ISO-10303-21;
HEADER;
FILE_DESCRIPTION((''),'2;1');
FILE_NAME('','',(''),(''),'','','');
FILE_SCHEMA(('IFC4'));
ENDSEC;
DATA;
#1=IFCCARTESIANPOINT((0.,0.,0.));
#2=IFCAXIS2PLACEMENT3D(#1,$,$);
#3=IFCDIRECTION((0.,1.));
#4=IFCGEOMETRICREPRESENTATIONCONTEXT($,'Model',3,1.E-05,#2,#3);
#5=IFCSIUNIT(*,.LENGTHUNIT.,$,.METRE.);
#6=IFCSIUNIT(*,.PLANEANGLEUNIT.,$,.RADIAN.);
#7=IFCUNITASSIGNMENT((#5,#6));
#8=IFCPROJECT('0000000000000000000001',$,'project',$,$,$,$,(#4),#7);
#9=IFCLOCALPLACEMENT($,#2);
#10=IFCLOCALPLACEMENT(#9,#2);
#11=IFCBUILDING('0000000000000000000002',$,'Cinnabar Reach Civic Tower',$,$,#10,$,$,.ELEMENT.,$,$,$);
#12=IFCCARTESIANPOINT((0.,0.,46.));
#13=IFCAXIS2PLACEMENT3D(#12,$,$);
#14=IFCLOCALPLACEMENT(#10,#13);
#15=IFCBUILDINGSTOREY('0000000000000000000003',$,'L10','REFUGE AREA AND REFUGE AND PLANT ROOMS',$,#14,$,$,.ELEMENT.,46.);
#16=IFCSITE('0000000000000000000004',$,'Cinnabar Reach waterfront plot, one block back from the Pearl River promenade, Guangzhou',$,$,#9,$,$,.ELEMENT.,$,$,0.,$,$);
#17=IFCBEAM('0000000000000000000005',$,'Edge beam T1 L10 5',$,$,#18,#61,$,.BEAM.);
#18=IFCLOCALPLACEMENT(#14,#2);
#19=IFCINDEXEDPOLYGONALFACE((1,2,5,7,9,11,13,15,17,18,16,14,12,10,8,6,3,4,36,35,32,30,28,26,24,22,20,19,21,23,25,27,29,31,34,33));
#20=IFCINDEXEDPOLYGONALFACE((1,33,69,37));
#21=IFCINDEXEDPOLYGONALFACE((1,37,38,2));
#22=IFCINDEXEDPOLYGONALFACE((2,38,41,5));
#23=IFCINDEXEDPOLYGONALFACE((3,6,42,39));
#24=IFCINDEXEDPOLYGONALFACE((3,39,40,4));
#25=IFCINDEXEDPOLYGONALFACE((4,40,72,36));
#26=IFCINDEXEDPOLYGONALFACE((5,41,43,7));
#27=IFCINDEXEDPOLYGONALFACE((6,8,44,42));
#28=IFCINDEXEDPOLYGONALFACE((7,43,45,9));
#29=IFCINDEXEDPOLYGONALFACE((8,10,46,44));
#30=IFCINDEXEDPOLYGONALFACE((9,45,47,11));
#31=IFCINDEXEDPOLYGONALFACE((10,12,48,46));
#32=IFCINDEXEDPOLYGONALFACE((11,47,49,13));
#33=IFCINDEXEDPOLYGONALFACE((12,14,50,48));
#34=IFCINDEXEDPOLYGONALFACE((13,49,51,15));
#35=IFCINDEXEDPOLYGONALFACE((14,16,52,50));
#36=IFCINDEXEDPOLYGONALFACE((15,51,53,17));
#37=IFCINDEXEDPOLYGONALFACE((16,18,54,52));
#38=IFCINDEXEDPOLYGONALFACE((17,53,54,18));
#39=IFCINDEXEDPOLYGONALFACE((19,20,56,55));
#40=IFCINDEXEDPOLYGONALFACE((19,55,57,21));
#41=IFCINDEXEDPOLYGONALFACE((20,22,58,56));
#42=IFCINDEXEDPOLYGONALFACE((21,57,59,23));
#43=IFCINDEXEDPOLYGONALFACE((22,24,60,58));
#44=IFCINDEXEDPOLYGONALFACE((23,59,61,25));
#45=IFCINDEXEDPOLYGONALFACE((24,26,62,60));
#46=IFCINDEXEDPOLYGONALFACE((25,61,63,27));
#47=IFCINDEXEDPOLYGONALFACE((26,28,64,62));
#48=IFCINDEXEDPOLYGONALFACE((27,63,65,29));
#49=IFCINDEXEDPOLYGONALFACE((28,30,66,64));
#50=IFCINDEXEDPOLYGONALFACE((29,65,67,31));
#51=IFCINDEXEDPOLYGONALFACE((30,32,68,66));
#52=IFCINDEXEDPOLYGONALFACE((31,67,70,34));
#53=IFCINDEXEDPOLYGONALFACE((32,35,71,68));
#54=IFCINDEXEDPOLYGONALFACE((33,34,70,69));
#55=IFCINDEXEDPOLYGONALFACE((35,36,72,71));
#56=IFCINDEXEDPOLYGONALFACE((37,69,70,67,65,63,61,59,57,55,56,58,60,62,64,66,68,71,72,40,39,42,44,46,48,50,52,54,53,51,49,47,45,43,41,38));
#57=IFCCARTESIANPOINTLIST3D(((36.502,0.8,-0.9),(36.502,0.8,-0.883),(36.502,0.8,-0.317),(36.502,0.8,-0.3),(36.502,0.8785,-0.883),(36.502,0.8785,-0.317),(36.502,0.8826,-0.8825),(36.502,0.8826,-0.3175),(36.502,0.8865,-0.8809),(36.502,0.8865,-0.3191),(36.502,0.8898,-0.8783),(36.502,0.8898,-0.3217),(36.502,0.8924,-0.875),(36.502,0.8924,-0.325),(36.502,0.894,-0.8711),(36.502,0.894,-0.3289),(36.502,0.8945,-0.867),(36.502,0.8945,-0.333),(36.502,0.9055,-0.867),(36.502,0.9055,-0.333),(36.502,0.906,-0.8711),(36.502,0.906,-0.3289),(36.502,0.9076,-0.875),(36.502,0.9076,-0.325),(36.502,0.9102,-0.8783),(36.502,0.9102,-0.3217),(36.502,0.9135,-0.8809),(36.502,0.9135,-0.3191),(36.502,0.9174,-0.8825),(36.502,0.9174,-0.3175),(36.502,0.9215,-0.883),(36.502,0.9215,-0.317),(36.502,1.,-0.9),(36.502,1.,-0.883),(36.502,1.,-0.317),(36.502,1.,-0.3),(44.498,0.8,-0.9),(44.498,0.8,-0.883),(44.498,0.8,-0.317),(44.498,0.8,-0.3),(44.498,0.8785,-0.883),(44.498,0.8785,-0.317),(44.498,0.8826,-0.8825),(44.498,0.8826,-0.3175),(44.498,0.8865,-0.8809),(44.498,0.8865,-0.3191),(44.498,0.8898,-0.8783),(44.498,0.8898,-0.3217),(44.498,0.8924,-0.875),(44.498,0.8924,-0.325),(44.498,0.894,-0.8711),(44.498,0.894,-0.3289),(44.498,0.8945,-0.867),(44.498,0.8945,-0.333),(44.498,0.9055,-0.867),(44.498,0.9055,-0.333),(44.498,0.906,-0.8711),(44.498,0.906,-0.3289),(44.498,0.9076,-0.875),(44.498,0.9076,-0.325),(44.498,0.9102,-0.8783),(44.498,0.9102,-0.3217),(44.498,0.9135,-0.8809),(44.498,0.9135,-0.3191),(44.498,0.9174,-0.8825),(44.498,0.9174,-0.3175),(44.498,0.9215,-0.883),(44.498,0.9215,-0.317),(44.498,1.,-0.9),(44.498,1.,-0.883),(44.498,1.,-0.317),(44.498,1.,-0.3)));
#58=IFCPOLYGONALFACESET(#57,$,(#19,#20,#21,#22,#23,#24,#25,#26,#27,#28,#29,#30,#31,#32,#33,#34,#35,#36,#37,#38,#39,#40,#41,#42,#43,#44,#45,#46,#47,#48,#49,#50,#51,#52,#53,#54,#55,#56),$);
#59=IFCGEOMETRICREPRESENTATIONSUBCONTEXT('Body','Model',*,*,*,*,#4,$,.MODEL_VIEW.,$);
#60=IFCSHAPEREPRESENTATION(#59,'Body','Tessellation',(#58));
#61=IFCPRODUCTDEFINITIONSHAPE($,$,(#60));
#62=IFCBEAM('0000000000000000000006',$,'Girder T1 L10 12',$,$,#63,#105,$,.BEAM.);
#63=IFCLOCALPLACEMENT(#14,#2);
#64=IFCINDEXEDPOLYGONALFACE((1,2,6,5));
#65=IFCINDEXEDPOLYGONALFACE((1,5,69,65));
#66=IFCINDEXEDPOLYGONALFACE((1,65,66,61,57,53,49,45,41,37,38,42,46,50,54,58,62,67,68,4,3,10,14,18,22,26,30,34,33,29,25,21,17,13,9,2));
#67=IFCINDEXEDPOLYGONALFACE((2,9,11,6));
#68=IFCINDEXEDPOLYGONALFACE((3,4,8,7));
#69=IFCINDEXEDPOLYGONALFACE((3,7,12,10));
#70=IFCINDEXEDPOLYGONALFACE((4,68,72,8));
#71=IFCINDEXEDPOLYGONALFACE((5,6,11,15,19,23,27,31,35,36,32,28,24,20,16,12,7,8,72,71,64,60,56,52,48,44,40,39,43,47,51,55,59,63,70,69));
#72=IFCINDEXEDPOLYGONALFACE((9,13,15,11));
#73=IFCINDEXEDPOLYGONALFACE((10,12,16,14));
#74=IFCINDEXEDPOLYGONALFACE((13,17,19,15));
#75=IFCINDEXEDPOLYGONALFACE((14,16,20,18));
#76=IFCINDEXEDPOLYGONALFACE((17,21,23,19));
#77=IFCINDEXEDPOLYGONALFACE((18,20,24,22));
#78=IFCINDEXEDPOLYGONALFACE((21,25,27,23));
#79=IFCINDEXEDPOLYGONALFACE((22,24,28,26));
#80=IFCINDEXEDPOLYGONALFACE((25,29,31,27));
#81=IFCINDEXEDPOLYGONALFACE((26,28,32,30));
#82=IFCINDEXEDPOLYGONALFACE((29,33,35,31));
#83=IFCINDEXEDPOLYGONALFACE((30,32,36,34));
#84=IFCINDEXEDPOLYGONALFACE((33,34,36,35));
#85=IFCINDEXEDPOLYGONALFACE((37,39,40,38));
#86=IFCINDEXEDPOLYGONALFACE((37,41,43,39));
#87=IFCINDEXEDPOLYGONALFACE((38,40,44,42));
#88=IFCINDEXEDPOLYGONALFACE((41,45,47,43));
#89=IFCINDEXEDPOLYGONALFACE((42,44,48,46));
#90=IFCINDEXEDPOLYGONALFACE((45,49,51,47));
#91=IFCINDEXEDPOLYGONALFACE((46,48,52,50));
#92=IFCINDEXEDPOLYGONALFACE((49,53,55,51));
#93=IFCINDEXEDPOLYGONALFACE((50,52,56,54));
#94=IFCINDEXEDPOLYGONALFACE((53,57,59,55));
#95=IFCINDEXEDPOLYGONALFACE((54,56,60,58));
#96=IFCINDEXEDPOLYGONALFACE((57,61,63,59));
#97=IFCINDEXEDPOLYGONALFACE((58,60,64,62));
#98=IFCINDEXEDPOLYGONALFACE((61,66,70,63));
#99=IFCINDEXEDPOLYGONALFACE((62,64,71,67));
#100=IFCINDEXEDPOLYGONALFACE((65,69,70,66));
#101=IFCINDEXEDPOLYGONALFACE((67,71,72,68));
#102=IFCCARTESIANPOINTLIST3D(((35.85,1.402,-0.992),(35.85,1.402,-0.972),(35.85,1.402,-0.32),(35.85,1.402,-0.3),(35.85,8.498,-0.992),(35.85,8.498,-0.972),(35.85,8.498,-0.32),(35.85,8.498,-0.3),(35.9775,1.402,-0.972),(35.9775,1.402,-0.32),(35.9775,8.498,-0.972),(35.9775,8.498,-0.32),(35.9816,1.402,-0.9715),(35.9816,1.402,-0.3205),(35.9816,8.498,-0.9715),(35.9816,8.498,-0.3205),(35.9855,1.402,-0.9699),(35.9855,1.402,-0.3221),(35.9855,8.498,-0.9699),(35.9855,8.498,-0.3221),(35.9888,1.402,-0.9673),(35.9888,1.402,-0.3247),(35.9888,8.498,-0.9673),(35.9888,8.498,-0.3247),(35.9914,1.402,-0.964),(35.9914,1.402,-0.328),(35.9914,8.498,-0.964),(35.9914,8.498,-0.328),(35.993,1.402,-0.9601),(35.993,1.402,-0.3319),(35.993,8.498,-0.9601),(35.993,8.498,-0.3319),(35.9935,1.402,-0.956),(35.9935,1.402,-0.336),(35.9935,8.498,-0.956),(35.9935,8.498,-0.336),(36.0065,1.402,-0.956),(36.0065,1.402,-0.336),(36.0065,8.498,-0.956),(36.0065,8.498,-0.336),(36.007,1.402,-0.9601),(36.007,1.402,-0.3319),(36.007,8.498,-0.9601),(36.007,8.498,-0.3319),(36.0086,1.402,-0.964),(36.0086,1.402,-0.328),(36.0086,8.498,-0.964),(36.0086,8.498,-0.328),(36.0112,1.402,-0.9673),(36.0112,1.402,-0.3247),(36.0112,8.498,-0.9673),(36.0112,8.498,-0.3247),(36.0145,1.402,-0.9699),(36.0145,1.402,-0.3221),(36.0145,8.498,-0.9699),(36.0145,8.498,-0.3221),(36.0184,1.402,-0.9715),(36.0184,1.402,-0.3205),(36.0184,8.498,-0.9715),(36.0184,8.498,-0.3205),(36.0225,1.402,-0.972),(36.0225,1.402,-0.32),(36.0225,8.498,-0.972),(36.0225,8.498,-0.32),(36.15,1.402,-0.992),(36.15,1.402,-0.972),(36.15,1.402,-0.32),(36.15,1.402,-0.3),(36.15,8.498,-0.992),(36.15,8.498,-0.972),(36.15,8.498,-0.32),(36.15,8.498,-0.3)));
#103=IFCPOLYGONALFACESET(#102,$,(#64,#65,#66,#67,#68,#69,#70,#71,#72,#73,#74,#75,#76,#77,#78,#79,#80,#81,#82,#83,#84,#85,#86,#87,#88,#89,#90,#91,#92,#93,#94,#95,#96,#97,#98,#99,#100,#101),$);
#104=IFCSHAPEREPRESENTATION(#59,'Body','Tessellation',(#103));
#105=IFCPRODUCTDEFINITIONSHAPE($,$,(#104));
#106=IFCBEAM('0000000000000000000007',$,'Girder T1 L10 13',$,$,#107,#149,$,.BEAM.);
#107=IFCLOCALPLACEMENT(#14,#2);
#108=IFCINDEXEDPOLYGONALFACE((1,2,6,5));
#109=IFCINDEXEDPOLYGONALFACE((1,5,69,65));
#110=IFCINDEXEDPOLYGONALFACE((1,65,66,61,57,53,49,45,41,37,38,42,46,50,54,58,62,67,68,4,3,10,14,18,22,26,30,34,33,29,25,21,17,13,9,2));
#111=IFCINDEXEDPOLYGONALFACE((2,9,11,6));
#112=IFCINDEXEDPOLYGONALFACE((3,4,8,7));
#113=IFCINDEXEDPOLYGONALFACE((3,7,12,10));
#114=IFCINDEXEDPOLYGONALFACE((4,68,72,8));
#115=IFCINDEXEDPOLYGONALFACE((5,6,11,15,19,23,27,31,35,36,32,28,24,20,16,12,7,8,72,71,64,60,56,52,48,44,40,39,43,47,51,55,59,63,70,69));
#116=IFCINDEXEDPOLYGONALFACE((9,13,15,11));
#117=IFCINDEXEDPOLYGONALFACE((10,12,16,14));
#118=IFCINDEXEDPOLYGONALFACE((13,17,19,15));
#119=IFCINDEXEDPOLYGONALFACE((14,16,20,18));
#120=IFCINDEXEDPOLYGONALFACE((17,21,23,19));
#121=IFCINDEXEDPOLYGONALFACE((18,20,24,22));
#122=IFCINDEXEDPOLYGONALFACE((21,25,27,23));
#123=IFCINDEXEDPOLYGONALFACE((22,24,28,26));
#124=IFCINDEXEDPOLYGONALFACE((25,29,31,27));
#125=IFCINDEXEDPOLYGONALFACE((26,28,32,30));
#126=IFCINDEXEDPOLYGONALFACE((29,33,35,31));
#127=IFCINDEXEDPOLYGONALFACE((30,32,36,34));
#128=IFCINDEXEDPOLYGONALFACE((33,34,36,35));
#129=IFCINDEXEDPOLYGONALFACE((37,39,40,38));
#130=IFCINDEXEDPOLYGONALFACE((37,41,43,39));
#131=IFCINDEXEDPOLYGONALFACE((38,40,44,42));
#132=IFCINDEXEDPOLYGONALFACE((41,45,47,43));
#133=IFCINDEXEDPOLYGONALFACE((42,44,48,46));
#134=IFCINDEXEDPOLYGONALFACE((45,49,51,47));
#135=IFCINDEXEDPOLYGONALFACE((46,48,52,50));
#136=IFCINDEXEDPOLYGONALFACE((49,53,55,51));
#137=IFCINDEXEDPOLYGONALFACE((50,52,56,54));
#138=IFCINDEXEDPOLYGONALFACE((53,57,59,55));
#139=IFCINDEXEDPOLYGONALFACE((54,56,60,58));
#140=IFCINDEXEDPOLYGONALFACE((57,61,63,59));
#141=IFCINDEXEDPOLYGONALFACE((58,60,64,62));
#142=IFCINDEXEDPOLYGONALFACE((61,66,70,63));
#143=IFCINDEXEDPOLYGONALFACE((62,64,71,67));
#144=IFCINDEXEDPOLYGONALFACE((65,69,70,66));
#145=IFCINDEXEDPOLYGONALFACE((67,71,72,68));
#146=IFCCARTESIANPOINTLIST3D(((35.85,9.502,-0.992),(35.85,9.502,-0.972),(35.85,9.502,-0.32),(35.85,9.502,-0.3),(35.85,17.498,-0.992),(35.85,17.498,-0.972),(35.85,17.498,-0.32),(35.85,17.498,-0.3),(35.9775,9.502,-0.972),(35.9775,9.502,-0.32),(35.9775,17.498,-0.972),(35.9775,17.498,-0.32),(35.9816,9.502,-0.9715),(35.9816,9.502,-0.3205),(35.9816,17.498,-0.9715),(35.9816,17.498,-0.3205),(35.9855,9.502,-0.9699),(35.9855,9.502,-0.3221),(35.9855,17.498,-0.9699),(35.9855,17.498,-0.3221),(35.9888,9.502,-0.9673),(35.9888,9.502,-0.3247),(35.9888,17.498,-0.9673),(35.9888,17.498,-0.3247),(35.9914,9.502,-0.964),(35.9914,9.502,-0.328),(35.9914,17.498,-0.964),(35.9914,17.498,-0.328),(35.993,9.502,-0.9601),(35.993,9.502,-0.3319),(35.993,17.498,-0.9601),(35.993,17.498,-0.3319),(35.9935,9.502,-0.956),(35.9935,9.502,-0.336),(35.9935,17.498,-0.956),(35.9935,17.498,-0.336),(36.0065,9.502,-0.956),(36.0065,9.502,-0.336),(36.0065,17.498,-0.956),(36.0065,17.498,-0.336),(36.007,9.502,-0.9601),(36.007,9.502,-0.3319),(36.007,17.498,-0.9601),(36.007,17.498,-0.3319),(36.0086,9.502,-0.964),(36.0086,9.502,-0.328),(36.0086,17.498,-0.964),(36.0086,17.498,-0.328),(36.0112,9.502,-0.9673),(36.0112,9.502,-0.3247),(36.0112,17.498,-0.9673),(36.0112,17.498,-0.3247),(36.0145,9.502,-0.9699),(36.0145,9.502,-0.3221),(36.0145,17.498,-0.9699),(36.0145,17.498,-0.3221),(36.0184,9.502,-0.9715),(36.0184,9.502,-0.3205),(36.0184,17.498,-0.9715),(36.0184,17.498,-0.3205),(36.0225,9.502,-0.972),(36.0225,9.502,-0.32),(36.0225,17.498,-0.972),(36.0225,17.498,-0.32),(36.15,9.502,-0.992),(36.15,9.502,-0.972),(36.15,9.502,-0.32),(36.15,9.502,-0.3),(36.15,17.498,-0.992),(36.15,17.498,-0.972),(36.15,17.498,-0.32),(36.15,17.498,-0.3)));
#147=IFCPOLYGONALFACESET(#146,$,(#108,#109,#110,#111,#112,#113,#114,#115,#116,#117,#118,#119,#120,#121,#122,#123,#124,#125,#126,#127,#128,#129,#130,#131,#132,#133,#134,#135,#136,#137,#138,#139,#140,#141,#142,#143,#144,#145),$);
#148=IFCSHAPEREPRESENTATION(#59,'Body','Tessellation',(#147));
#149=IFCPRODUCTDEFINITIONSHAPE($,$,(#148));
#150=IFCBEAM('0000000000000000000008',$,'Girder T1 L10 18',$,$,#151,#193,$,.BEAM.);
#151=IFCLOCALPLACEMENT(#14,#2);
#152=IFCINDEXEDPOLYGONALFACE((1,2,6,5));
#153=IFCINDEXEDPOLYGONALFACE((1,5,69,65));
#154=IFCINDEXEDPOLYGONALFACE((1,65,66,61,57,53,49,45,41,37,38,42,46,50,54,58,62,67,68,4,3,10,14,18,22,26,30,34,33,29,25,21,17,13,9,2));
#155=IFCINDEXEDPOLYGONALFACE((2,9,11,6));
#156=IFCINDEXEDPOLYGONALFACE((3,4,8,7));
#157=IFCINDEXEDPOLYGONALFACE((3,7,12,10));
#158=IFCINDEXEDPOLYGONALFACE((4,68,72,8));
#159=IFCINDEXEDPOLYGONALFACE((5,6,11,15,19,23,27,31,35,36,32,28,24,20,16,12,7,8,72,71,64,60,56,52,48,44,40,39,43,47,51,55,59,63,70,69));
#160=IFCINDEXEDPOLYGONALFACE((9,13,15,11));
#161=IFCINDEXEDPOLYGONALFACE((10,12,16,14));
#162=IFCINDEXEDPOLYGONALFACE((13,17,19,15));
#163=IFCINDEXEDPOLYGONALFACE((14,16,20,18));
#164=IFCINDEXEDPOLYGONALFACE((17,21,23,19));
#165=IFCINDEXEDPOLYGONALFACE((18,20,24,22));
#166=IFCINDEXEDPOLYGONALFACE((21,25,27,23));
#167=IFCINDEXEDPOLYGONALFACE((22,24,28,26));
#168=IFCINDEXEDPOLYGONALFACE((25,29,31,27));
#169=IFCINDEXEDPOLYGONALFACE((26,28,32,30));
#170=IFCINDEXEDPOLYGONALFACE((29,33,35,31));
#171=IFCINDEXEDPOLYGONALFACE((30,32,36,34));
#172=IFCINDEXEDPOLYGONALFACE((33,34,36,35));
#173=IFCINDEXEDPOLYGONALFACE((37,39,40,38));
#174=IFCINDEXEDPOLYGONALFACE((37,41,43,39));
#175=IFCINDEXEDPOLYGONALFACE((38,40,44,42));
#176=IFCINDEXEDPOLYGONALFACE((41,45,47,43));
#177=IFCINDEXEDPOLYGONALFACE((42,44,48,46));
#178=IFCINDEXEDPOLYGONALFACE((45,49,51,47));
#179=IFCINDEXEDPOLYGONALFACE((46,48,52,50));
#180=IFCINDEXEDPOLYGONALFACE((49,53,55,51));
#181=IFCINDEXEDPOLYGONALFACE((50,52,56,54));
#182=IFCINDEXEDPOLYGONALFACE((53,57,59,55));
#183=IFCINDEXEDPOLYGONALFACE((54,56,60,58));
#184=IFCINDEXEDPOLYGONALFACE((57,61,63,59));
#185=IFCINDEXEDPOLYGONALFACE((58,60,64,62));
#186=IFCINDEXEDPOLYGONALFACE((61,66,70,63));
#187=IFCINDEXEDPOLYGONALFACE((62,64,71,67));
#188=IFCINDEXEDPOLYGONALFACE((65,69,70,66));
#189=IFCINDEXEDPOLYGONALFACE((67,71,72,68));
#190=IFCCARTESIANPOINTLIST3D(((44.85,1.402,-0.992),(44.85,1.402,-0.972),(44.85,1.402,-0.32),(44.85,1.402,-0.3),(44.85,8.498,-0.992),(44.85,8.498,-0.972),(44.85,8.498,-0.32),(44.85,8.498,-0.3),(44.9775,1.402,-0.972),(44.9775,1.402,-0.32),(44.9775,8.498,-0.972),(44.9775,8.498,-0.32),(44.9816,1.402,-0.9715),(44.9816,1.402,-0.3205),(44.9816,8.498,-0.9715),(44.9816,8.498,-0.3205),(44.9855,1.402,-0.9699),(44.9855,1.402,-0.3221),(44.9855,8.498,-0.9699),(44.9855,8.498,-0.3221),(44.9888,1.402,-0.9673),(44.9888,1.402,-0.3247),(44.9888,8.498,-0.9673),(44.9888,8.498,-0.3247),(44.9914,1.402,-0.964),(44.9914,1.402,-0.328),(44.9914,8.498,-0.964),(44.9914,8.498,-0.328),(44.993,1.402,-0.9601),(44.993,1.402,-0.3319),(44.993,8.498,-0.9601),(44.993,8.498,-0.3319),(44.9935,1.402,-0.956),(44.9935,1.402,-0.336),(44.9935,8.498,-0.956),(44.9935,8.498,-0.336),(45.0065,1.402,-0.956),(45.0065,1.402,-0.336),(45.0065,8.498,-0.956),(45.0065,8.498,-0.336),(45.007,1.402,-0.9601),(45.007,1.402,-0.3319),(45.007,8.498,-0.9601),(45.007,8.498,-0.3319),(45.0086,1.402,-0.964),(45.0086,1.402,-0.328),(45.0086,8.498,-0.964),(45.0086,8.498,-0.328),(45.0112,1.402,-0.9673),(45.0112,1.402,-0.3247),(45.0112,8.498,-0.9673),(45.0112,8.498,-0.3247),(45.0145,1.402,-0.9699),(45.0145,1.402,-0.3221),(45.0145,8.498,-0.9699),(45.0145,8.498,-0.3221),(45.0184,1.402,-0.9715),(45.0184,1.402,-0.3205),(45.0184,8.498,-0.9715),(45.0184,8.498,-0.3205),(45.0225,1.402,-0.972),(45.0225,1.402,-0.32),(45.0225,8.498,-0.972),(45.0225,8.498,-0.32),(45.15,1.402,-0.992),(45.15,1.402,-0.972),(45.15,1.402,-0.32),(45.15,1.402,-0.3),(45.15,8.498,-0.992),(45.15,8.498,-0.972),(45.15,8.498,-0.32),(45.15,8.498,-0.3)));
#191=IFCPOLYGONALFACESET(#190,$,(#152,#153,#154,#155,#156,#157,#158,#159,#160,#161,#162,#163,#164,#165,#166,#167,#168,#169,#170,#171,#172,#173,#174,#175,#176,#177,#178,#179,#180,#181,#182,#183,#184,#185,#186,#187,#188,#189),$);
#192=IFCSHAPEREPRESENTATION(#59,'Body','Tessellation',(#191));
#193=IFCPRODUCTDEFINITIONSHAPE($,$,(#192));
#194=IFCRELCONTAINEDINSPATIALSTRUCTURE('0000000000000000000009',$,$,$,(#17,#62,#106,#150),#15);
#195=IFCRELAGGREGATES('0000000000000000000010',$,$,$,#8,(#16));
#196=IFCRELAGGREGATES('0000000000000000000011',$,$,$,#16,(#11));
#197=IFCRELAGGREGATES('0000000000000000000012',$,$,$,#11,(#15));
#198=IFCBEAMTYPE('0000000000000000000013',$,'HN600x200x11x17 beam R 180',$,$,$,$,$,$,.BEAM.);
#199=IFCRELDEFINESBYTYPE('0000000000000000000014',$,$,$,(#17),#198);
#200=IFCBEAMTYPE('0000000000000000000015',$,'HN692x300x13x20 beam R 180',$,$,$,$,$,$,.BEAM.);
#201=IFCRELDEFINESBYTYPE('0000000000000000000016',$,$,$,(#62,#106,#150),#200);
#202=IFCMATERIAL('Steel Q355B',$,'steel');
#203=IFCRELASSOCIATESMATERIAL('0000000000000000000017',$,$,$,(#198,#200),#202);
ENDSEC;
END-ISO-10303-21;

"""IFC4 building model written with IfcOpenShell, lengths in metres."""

from ifc_helpers import new_model, si_unit, direction, frame, origin, origin_2d, place, context, subcontext, project, spatial, i_section, extrude, material, material_profile, profile_set, type_object, element, save


model = new_model("IFC4")

# Units and contexts
model_context = context("Model", 3, precision=1e-05, world=origin(), true_north=direction((0.0, 1.0)))
body_context = subcontext(model_context, "Body", "Model", "MODEL_VIEW")
ifc_project = project(units=[si_unit("LENGTHUNIT", "METRE"), si_unit("PLANEANGLEUNIT", "RADIAN")], contexts=[model_context])

# Site, building, storey
site_placement = place(None, origin())
site = spatial("IfcSite", under=ifc_project, at=site_placement, Name="Cinnabar Reach waterfront plot, one block back from the Pearl River promenade, Guangzhou", CompositionType="ELEMENT", RefElevation=0.0)
building_placement = place(site_placement, origin())
building = spatial("IfcBuilding", under=site, at=building_placement, Name="Cinnabar Reach Civic Tower", CompositionType="ELEMENT")
storey_placement = place(building_placement, frame((0.0, 0.0, 46.0)))
storey = spatial("IfcBuildingStorey", under=building, at=storey_placement, Name="L10", Description="REFUGE AREA AND REFUGE AND PLANT ROOMS", CompositionType="ELEMENT", Elevation=46.0)

# Beams
ifc_material_1 = material(Name="Steel Q355B", Category="steel")
ifc_material_profile_1 = material_profile(ifc_material_1, i_section(OverallWidth=0.2, OverallDepth=0.6, WebThickness=0.011, FlangeThickness=0.017, FilletRadius=0.016, at=origin_2d()), Name="HN600x200x11x17")
ifc_profile_set_1 = profile_set([ifc_material_profile_1], Name="Steel Q355B")
beam_type_1 = type_object("IfcBeamType", Name="HN600x200x11x17 beam R 180", PredefinedType="BEAM", material=ifc_profile_set_1)
beam_1_placement = place(storey_placement, frame((36.502, 0.9, -0.6), z_axis=(1.0, 0.0, 0.0), x_axis=(0.0, 1.0, 0.0)))
element("IfcBeam", 1, at=beam_1_placement, inside=storey, type_object=beam_type_1, Name="Edge beam T1 L10 5", PredefinedType="BEAM", context=body_context, shape_type="SweptSolid", body=[
    extrude(i_section(OverallWidth=0.2, OverallDepth=0.6, WebThickness=0.011, FlangeThickness=0.017, FilletRadius=0.016, at=origin_2d()), origin(), (0.0, 0.0, 1.0), 7.996),
])
ifc_material_profile_2 = material_profile(ifc_material_1, i_section(OverallWidth=0.3, OverallDepth=0.692, WebThickness=0.013, FlangeThickness=0.02, FilletRadius=0.016, at=origin_2d()), Name="HN692x300x13x20")
ifc_profile_set_2 = profile_set([ifc_material_profile_2], Name="Steel Q355B")
beam_type_2 = type_object("IfcBeamType", Name="HN692x300x13x20 beam R 180", PredefinedType="BEAM", material=ifc_profile_set_2)
beam_2_placement = place(storey_placement, frame((36.0, 1.402, -0.646), z_axis=(0.0, 1.0, 0.0), x_axis=(-1.0, 0.0, 0.0)))
element("IfcBeam", 2, at=beam_2_placement, inside=storey, type_object=beam_type_2, Name="Girder T1 L10 12", PredefinedType="BEAM", context=body_context, shape_type="SweptSolid", body=[
    extrude(i_section(OverallWidth=0.3, OverallDepth=0.692, WebThickness=0.013, FlangeThickness=0.02, FilletRadius=0.016, at=origin_2d()), origin(), (0.0, 0.0, 1.0), 7.096),
])
beam_3_placement = place(storey_placement, frame((36.0, 9.502, -0.646), z_axis=(0.0, 1.0, 0.0), x_axis=(-1.0, 0.0, 0.0)))
element("IfcBeam", 3, at=beam_3_placement, inside=storey, type_object=beam_type_2, Name="Girder T1 L10 13", PredefinedType="BEAM", context=body_context, shape_type="SweptSolid", body=[
    extrude(i_section(OverallWidth=0.3, OverallDepth=0.692, WebThickness=0.013, FlangeThickness=0.02, FilletRadius=0.016, at=origin_2d()), origin(), (0.0, 0.0, 1.0), 7.996),
])
beam_4_placement = place(storey_placement, frame((45.0, 1.402, -0.646), z_axis=(0.0, 1.0, 0.0), x_axis=(-1.0, 0.0, 0.0)))
element("IfcBeam", 4, at=beam_4_placement, inside=storey, type_object=beam_type_2, Name="Girder T1 L10 18", PredefinedType="BEAM", context=body_context, shape_type="SweptSolid", body=[
    extrude(i_section(OverallWidth=0.3, OverallDepth=0.692, WebThickness=0.013, FlangeThickness=0.02, FilletRadius=0.016, at=origin_2d()), origin(), (0.0, 0.0, 1.0), 7.096),
])

save(model, "model.ifc")
